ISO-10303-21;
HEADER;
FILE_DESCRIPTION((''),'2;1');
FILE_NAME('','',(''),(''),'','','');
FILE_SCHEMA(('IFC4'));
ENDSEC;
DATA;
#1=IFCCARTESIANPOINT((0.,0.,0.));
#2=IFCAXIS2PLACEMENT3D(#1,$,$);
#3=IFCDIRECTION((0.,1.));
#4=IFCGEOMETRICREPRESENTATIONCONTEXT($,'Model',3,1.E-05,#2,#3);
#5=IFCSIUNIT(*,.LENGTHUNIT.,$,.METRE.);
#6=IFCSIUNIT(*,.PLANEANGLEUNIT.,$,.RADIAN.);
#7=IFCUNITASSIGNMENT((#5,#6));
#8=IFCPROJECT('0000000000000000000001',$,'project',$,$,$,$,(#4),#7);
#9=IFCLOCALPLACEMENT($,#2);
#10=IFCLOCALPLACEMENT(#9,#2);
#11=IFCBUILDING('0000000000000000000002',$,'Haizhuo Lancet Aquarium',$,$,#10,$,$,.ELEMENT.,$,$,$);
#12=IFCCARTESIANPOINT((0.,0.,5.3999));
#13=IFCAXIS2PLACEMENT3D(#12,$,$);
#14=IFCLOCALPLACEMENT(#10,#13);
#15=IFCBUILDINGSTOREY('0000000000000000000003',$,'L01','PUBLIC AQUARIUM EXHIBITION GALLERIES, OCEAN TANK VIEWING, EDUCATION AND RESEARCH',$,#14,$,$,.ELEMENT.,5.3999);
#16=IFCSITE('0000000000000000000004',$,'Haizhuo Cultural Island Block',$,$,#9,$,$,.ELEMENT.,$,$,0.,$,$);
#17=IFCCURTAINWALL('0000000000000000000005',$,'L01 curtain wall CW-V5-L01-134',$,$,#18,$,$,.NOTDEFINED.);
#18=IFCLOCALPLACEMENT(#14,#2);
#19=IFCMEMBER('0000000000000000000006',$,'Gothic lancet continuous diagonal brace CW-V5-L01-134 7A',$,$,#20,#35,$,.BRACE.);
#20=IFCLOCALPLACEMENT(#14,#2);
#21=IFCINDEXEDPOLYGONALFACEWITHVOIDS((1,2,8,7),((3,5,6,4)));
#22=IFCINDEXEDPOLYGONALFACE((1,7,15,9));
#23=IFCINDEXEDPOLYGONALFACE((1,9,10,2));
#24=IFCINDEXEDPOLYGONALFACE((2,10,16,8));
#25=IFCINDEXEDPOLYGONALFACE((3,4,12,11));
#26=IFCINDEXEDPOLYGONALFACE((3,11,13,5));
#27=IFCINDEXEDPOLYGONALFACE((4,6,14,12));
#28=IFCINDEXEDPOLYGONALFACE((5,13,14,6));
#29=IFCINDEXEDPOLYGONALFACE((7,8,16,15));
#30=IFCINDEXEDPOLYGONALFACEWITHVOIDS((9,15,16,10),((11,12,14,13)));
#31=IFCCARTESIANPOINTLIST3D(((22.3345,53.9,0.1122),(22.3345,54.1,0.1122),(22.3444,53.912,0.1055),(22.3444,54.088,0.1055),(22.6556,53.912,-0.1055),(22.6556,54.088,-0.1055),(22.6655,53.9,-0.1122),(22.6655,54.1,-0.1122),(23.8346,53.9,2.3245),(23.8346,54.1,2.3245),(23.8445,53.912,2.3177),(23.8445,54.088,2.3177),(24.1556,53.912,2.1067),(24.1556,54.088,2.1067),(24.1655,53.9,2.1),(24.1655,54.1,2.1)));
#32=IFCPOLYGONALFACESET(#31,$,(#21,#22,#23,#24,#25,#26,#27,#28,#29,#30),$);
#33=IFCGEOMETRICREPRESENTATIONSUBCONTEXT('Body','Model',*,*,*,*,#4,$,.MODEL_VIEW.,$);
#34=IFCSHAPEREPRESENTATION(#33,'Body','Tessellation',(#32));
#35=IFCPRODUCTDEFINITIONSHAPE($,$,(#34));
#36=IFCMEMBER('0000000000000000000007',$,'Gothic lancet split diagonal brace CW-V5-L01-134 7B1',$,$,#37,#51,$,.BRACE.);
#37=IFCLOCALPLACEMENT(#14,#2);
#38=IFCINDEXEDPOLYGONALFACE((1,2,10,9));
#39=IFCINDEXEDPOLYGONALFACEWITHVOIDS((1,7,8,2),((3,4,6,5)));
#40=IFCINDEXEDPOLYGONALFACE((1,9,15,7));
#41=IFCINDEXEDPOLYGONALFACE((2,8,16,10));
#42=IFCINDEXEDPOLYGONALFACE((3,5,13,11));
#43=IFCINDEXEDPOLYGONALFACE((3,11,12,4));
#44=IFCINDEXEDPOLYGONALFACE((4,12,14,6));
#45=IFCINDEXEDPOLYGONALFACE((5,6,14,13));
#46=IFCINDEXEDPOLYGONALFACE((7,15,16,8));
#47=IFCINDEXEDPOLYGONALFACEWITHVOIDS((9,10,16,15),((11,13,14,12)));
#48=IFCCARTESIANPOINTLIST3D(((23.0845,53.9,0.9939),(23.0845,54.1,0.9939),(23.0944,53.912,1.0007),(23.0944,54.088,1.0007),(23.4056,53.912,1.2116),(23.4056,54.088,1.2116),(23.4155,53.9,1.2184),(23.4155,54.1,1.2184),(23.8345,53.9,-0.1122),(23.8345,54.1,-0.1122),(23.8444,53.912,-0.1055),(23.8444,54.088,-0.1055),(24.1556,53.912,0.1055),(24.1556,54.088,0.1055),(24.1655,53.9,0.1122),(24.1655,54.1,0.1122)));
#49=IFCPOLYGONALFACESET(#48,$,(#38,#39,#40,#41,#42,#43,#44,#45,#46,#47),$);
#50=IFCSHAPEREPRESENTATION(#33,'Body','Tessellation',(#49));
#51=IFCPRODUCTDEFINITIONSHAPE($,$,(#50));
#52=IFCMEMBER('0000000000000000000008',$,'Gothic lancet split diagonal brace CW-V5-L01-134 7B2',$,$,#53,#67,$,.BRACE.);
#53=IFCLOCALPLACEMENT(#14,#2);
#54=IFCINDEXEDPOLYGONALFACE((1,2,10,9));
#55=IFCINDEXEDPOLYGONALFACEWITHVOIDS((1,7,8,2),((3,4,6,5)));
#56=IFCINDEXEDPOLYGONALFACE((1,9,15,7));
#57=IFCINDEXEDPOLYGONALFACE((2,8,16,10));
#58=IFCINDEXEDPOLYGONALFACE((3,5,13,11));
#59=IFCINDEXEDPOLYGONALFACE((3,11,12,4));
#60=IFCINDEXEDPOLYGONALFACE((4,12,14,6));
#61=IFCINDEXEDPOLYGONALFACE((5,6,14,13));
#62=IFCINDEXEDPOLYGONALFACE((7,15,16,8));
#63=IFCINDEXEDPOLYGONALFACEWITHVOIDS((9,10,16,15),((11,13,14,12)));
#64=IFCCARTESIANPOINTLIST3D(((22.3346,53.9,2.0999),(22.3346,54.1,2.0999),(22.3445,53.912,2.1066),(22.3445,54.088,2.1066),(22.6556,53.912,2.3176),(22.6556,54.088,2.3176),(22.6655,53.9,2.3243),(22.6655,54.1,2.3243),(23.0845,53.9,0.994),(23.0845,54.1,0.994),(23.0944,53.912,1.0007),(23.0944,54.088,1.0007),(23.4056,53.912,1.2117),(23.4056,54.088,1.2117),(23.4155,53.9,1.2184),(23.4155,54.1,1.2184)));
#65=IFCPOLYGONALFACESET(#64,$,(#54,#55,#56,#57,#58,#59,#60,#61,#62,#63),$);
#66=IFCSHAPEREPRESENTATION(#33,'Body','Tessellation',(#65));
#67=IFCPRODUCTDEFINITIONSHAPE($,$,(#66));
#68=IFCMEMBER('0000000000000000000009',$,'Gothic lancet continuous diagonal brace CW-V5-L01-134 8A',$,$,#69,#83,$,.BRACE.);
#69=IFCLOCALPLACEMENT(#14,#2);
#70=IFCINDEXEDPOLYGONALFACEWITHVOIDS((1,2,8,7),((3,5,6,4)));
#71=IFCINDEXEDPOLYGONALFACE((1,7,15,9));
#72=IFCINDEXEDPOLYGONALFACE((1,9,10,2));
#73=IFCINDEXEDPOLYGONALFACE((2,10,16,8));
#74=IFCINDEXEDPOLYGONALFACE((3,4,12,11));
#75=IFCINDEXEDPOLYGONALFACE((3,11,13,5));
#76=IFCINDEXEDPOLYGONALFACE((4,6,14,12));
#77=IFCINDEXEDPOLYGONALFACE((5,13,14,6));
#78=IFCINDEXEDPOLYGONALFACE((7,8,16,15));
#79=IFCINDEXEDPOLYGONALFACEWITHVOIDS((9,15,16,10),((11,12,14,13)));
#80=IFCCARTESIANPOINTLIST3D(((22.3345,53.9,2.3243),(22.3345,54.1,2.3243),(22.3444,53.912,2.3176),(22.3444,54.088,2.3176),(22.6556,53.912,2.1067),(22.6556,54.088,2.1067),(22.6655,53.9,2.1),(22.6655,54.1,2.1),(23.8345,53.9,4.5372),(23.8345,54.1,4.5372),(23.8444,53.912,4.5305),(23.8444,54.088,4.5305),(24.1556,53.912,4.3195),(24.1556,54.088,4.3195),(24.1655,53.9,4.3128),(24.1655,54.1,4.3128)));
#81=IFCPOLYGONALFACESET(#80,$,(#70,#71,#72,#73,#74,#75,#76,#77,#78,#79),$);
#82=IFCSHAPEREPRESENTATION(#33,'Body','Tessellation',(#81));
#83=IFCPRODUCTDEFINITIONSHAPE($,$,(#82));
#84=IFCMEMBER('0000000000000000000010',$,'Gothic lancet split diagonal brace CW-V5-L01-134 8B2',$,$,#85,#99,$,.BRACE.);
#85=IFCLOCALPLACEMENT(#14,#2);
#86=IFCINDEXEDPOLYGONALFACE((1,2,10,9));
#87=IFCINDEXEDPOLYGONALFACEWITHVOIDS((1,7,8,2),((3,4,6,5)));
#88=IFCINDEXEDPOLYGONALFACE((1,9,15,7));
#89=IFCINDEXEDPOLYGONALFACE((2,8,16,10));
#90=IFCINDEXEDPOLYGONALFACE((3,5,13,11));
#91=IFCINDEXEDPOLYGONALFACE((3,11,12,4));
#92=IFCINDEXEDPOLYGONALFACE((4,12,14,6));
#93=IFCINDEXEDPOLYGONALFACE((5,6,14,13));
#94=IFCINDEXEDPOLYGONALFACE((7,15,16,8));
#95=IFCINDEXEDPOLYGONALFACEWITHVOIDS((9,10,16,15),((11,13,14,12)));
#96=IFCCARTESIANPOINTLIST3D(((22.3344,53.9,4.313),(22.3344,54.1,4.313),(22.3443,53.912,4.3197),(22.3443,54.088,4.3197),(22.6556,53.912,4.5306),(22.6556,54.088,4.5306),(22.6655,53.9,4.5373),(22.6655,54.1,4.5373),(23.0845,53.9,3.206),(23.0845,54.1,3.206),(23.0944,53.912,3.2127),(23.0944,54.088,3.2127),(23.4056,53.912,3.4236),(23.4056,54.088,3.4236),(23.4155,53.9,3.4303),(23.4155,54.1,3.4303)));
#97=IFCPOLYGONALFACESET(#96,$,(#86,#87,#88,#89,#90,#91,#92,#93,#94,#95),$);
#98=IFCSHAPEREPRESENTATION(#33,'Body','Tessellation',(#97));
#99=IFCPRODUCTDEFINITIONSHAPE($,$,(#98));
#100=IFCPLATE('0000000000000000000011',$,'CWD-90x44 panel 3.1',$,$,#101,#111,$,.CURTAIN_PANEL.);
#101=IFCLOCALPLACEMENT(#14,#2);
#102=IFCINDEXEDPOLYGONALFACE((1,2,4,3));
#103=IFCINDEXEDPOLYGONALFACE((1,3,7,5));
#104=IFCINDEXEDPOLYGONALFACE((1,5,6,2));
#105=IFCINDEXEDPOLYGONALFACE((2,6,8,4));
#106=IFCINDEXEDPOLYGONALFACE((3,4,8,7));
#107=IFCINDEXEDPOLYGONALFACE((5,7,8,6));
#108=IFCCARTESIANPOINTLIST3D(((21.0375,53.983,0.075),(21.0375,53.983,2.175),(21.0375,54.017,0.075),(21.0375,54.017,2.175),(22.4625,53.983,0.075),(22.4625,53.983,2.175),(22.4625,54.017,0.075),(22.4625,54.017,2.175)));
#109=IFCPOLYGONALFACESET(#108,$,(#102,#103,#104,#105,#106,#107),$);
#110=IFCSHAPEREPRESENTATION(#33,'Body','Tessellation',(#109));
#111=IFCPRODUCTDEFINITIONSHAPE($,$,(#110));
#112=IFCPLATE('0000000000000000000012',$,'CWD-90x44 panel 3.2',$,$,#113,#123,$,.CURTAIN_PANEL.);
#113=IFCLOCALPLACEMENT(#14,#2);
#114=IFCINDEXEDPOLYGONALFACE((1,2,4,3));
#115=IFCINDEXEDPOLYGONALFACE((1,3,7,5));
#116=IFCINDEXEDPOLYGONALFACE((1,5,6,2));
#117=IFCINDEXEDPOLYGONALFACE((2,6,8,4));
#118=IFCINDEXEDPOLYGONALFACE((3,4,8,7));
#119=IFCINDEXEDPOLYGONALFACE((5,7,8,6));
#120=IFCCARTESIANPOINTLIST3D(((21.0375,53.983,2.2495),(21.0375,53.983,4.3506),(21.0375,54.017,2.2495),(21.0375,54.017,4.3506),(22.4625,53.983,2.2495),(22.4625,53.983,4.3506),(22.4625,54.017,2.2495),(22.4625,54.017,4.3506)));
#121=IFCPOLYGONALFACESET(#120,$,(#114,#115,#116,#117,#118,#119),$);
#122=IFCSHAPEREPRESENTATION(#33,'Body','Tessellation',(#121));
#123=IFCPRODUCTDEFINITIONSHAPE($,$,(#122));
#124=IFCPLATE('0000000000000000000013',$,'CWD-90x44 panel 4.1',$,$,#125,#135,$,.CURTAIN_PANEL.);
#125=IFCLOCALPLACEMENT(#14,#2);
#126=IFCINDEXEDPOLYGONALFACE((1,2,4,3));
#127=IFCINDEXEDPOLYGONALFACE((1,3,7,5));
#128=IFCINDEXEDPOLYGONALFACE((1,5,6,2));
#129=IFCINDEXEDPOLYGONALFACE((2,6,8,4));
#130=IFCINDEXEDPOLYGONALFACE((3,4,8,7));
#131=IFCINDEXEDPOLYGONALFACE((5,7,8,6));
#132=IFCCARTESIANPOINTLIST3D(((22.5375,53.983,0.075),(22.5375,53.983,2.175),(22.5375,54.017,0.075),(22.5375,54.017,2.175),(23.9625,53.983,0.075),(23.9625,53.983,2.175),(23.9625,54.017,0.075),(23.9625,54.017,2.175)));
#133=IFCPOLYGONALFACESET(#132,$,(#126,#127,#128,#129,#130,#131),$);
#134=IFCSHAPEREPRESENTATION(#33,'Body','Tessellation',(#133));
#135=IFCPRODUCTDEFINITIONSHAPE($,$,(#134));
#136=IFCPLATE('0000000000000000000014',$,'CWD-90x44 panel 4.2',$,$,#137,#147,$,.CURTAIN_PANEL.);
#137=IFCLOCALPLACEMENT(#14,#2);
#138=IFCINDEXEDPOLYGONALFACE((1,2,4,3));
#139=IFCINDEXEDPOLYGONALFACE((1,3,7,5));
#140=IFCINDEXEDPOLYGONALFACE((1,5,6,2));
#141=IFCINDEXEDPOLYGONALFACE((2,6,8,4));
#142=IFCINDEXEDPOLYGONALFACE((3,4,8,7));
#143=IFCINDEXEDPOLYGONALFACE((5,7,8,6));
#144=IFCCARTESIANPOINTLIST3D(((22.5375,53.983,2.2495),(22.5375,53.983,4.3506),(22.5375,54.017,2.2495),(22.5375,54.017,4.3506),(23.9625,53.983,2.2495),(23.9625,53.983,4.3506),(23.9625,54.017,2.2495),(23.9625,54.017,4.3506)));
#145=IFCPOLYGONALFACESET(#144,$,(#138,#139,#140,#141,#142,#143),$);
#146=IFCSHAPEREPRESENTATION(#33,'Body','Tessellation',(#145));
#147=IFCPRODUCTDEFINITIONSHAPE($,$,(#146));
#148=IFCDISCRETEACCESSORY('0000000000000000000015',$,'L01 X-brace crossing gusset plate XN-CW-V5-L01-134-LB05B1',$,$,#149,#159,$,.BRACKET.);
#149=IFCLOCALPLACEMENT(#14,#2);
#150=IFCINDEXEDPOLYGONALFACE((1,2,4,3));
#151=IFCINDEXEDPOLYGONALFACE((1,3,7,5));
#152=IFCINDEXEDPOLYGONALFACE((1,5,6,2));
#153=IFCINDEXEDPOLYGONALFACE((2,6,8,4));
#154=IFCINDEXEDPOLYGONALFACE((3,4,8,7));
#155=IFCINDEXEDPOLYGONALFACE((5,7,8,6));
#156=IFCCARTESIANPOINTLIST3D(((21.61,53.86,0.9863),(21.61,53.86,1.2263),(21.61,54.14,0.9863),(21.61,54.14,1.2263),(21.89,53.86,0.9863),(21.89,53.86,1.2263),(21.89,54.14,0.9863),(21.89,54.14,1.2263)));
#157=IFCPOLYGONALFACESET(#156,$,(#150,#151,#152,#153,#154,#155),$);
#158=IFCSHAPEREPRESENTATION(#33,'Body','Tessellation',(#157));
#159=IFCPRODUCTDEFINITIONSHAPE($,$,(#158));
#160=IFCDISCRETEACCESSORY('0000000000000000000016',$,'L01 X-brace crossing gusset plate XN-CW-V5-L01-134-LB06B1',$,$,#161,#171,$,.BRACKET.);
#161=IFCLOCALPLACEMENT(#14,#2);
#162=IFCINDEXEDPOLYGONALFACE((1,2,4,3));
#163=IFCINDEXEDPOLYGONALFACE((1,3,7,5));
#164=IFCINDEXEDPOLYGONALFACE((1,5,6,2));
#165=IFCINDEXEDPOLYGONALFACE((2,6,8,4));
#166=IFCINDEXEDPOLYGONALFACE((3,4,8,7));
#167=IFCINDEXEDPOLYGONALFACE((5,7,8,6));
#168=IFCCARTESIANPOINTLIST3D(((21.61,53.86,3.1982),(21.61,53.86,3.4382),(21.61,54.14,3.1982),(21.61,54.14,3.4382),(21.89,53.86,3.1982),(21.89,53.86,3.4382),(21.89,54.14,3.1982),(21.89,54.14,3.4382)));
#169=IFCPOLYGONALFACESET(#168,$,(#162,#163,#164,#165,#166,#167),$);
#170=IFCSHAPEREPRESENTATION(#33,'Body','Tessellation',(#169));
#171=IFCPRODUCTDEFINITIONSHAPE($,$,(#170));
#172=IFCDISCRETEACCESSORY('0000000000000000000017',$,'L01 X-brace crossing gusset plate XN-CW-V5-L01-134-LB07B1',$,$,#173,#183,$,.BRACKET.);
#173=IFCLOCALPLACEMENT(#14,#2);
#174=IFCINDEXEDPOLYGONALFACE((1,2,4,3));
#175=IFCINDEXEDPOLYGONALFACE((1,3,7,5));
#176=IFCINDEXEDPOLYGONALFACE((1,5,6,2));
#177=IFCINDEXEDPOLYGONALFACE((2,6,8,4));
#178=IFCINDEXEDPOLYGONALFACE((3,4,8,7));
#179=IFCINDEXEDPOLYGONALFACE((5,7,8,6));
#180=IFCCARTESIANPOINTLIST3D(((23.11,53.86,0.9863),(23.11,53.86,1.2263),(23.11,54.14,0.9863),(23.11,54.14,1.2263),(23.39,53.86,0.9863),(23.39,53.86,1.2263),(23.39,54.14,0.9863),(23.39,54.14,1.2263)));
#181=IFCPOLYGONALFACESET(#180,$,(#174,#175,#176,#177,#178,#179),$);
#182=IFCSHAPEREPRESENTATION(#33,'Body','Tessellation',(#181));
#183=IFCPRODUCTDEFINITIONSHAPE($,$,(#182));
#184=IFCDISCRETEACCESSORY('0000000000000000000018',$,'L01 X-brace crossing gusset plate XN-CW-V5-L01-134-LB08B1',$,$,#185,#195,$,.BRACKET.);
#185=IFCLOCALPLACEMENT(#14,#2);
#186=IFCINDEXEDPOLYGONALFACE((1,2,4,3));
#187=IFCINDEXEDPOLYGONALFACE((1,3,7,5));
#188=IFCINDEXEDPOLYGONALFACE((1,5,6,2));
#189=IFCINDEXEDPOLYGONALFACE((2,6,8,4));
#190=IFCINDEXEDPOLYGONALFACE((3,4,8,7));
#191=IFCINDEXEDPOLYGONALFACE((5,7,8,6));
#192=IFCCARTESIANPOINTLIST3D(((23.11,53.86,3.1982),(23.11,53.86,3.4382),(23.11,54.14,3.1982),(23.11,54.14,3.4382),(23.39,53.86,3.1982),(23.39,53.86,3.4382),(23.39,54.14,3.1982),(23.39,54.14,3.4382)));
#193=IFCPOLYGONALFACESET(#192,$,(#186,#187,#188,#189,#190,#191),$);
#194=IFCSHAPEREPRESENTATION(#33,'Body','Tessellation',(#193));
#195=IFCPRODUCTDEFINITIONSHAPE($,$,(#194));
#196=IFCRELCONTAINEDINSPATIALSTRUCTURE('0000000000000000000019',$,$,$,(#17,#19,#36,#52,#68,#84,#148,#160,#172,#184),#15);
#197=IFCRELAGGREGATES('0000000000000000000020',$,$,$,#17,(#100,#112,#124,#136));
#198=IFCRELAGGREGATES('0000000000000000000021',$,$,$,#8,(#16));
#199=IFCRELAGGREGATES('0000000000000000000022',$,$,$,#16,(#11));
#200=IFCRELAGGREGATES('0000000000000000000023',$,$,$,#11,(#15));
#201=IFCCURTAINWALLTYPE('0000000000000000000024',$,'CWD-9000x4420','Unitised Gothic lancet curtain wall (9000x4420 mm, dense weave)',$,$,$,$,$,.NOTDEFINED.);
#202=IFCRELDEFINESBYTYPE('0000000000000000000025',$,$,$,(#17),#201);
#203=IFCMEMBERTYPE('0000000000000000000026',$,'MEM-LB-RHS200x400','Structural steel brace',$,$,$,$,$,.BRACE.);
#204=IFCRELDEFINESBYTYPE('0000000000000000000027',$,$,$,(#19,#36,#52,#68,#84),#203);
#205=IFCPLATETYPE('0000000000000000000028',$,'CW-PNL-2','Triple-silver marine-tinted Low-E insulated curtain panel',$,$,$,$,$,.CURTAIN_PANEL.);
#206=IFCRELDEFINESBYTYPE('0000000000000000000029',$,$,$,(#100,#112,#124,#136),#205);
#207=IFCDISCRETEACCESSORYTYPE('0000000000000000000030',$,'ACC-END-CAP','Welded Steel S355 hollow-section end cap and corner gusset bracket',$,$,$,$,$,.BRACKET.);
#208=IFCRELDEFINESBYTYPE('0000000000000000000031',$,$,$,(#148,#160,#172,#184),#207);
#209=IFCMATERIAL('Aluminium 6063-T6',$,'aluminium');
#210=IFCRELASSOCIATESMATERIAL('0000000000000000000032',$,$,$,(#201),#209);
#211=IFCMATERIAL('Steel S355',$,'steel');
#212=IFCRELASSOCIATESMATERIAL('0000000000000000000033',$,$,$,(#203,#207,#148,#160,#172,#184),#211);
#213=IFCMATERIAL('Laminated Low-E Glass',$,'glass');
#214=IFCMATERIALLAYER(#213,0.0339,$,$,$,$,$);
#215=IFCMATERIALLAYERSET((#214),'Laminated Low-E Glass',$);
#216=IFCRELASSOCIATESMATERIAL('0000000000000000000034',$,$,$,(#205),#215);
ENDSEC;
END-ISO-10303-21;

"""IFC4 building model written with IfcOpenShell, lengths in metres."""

from ifc_helpers import new_model, si_unit, direction, frame, origin, origin_2d, place, context, subcontext, project, spatial, rectangle, hollow_rectangle, extrude, material, layer, layer_set, material_profile, profile_set, type_object, element, aggregate, save


model = new_model("IFC4")

# Units and contexts
model_context = context("Model", 3, precision=1e-05, world=origin(), true_north=direction((0.0, 1.0)))
body_context = subcontext(model_context, "Body", "Model", "MODEL_VIEW")
ifc_project = project(units=[si_unit("LENGTHUNIT", "METRE"), si_unit("PLANEANGLEUNIT", "RADIAN")], contexts=[model_context])

# Site, building, storey
site_placement = place(None, origin())
site = spatial("IfcSite", under=ifc_project, at=site_placement, Name="Haizhuo Cultural Island Block", CompositionType="ELEMENT", RefElevation=0.0)
building_placement = place(site_placement, origin())
building = spatial("IfcBuilding", under=site, at=building_placement, Name="Haizhuo Lancet Aquarium", CompositionType="ELEMENT")
storey_placement = place(building_placement, frame((0.0, 0.0, 5.3999)))
storey = spatial("IfcBuildingStorey", under=building, at=storey_placement, Name="L01", Description="PUBLIC AQUARIUM EXHIBITION GALLERIES, OCEAN TANK VIEWING, EDUCATION AND RESEARCH", CompositionType="ELEMENT", Elevation=5.3999)

# Curtain wall
ifc_material_1 = material(Name="Aluminium 6063-T6", Category="aluminium")
curtain_wall_type = type_object("IfcCurtainWallType", Name="CWD-9000x4420", Description="Unitised Gothic lancet curtain wall (9000x4420 mm, dense weave)", PredefinedType="NOTDEFINED", material=ifc_material_1)
curtain_wall_placement = place(storey_placement, origin())
curtain_wall = element("IfcCurtainWall", 1, at=curtain_wall_placement, inside=storey, type_object=curtain_wall_type, Name="L01 curtain wall CW-V5-L01-134", PredefinedType="NOTDEFINED")

# Members
ifc_material_2 = material(Name="Steel S355", Category="steel")
ifc_material_profile_1 = material_profile(ifc_material_2, hollow_rectangle(XDim=0.2, YDim=0.3999, WallThickness=0.012, at=origin_2d()), Name="RHS 200x400x12")
ifc_profile_set_1 = profile_set([ifc_material_profile_1], Name="Steel S355")
member_type_1 = type_object("IfcMemberType", Name="MEM-LB-RHS200x400", Description="Structural steel brace", PredefinedType="BRACE", material=ifc_profile_set_1)
member_1_placement = place(storey_placement, frame((22.5, 54.0, 0.0), z_axis=(0.561218, 0.0, 0.827668), x_axis=(0.0, 1.0, 0.0)))
element("IfcMember", 2, at=member_1_placement, inside=storey, type_object=member_type_1, Name="Gothic lancet continuous diagonal brace CW-V5-L01-134 7A", PredefinedType="BRACE", context=body_context, shape_type="SweptSolid", body=[
    extrude(hollow_rectangle(XDim=0.2, YDim=0.3999, WallThickness=0.012, at=origin_2d()), origin(), (0.0, 0.0, 1.0), 2.6729),
])
member_2_placement = place(storey_placement, frame((24.0, 54.0, 0.0), z_axis=(-0.561175, 0.0, 0.827697), x_axis=(0.0, -1.0, 0.0)))
element("IfcMember", 3, at=member_2_placement, inside=storey, type_object=member_type_1, Name="Gothic lancet split diagonal brace CW-V5-L01-134 7B1", PredefinedType="BRACE", context=body_context, shape_type="SweptSolid", body=[
    extrude(hollow_rectangle(XDim=0.2, YDim=0.3999, WallThickness=0.012, at=origin_2d()), origin(), (0.0, 0.0, 1.0), 1.3364),
])
member_3_placement = place(storey_placement, frame((23.25, 54.0, 1.1062), z_axis=(-0.56126, 0.0, 0.827639), x_axis=(0.0, -1.0, 0.0)))
element("IfcMember", 4, at=member_3_placement, inside=storey, type_object=member_type_1, Name="Gothic lancet split diagonal brace CW-V5-L01-134 7B2", PredefinedType="BRACE", context=body_context, shape_type="SweptSolid", body=[
    extrude(hollow_rectangle(XDim=0.2, YDim=0.3999, WallThickness=0.012, at=origin_2d()), origin(), (0.0, 0.0, 1.0), 1.3362),
])
member_4_placement = place(storey_placement, frame((22.5, 54.0, 2.2122), z_axis=(0.56109, 0.0, 0.827755), x_axis=(0.0, 1.0, 0.0)))
element("IfcMember", 5, at=member_4_placement, inside=storey, type_object=member_type_1, Name="Gothic lancet continuous diagonal brace CW-V5-L01-134 8A", PredefinedType="BRACE", context=body_context, shape_type="SweptSolid", body=[
    extrude(hollow_rectangle(XDim=0.2, YDim=0.3999, WallThickness=0.012, at=origin_2d()), origin(), (0.0, 0.0, 1.0), 2.6733),
])
member_5_placement = place(storey_placement, frame((23.25, 54.0, 3.3181), z_axis=(-0.560921, 0.0, 0.827869), x_axis=(0.0, -1.0, 0.0)))
element("IfcMember", 6, at=member_5_placement, inside=storey, type_object=member_type_1, Name="Gothic lancet split diagonal brace CW-V5-L01-134 8B2", PredefinedType="BRACE", context=body_context, shape_type="SweptSolid", body=[
    extrude(hollow_rectangle(XDim=0.2, YDim=0.3999, WallThickness=0.012, at=origin_2d()), origin(), (0.0, 0.0, 1.0), 1.3372),
])

# Plates
ifc_material_3 = material(Name="Laminated Low-E Glass", Category="glass")
ifc_layer = layer(ifc_material_3, 0.0339)
ifc_layer_set = layer_set([ifc_layer], Name="Laminated Low-E Glass")
plate_type = type_object("IfcPlateType", Name="CW-PNL-2", Description="Triple-silver marine-tinted Low-E insulated curtain panel", PredefinedType="CURTAIN_PANEL", material=ifc_layer_set)
plate_1_placement = place(storey_placement, frame((21.75, 54.0, 0.075), z_axis=(0.0, 0.0, 1.0), x_axis=(1.0, 0.0, 0.0)))
plate_1 = element("IfcPlate", 7, at=plate_1_placement, type_object=plate_type, Name="CWD-90x44 panel 3.1", PredefinedType="CURTAIN_PANEL", context=body_context, shape_type="SweptSolid", body=[
    extrude(rectangle(XDim=1.425, YDim=0.0339, at=origin_2d()), origin(), (0.0, 0.0, 1.0), 2.1001),
])
plate_2_placement = place(storey_placement, frame((21.75, 54.0, 2.2495), z_axis=(0.0, 0.0, 1.0), x_axis=(1.0, 0.0, 0.0)))
plate_2 = element("IfcPlate", 8, at=plate_2_placement, type_object=plate_type, Name="CWD-90x44 panel 3.2", PredefinedType="CURTAIN_PANEL", context=body_context, shape_type="SweptSolid", body=[
    extrude(rectangle(XDim=1.425, YDim=0.0339, at=origin_2d()), origin(), (0.0, 0.0, 1.0), 2.1011),
])
plate_3_placement = place(storey_placement, frame((23.25, 54.0, 0.075), z_axis=(0.0, 0.0, 1.0), x_axis=(1.0, 0.0, 0.0)))
plate_3 = element("IfcPlate", 9, at=plate_3_placement, type_object=plate_type, Name="CWD-90x44 panel 4.1", PredefinedType="CURTAIN_PANEL", context=body_context, shape_type="SweptSolid", body=[
    extrude(rectangle(XDim=1.425, YDim=0.0339, at=origin_2d()), origin(), (0.0, 0.0, 1.0), 2.1001),
])
plate_4_placement = place(storey_placement, frame((23.25, 54.0, 2.2495), z_axis=(0.0, 0.0, 1.0), x_axis=(1.0, 0.0, 0.0)))
plate_4 = element("IfcPlate", 10, at=plate_4_placement, type_object=plate_type, Name="CWD-90x44 panel 4.2", PredefinedType="CURTAIN_PANEL", context=body_context, shape_type="SweptSolid", body=[
    extrude(rectangle(XDim=1.425, YDim=0.0339, at=origin_2d()), origin(), (0.0, 0.0, 1.0), 2.1011),
])
aggregate(curtain_wall, [plate_1, plate_2, plate_3, plate_4])

# Discrete accessories
discrete_accessory_type = type_object("IfcDiscreteAccessoryType", Name="ACC-END-CAP", Description="Welded Steel S355 hollow-section end cap and corner gusset bracket", PredefinedType="BRACKET", material=ifc_material_2)
for number, where, z_axis, x_axis, name in (
    (11, (21.75, 54.0, 0.9863), (0.0, 0.0, 1.0), (1.0, 0.0, 0.0), "L01 X-brace crossing gusset plate XN-CW-V5-L01-134-LB05B1"),
    (12, (21.75, 54.0, 3.1982), (0.0, 0.0, 1.0), (1.0, 0.0, 0.0), "L01 X-brace crossing gusset plate XN-CW-V5-L01-134-LB06B1"),
    (13, (23.25, 54.0, 0.9863), (0.0, 0.0, 1.0), (1.0, 0.0, 0.0), "L01 X-brace crossing gusset plate XN-CW-V5-L01-134-LB07B1"),
    (14, (23.25, 54.0, 3.1982), (0.0, 0.0, 1.0), (1.0, 0.0, 0.0), "L01 X-brace crossing gusset plate XN-CW-V5-L01-134-LB08B1"),
):
    element("IfcDiscreteAccessory", number, at=place(storey_placement, frame(where, z_axis=z_axis, x_axis=x_axis)), inside=storey, type_object=discrete_accessory_type, material=ifc_material_2, Name=name, PredefinedType="BRACKET", context=body_context, shape_type="SweptSolid", body=[
        extrude(rectangle(XDim=0.28, YDim=0.28, at=origin_2d()), origin(), (0.0, 0.0, 1.0), 0.24),
    ])

save(model, "model.ifc")
